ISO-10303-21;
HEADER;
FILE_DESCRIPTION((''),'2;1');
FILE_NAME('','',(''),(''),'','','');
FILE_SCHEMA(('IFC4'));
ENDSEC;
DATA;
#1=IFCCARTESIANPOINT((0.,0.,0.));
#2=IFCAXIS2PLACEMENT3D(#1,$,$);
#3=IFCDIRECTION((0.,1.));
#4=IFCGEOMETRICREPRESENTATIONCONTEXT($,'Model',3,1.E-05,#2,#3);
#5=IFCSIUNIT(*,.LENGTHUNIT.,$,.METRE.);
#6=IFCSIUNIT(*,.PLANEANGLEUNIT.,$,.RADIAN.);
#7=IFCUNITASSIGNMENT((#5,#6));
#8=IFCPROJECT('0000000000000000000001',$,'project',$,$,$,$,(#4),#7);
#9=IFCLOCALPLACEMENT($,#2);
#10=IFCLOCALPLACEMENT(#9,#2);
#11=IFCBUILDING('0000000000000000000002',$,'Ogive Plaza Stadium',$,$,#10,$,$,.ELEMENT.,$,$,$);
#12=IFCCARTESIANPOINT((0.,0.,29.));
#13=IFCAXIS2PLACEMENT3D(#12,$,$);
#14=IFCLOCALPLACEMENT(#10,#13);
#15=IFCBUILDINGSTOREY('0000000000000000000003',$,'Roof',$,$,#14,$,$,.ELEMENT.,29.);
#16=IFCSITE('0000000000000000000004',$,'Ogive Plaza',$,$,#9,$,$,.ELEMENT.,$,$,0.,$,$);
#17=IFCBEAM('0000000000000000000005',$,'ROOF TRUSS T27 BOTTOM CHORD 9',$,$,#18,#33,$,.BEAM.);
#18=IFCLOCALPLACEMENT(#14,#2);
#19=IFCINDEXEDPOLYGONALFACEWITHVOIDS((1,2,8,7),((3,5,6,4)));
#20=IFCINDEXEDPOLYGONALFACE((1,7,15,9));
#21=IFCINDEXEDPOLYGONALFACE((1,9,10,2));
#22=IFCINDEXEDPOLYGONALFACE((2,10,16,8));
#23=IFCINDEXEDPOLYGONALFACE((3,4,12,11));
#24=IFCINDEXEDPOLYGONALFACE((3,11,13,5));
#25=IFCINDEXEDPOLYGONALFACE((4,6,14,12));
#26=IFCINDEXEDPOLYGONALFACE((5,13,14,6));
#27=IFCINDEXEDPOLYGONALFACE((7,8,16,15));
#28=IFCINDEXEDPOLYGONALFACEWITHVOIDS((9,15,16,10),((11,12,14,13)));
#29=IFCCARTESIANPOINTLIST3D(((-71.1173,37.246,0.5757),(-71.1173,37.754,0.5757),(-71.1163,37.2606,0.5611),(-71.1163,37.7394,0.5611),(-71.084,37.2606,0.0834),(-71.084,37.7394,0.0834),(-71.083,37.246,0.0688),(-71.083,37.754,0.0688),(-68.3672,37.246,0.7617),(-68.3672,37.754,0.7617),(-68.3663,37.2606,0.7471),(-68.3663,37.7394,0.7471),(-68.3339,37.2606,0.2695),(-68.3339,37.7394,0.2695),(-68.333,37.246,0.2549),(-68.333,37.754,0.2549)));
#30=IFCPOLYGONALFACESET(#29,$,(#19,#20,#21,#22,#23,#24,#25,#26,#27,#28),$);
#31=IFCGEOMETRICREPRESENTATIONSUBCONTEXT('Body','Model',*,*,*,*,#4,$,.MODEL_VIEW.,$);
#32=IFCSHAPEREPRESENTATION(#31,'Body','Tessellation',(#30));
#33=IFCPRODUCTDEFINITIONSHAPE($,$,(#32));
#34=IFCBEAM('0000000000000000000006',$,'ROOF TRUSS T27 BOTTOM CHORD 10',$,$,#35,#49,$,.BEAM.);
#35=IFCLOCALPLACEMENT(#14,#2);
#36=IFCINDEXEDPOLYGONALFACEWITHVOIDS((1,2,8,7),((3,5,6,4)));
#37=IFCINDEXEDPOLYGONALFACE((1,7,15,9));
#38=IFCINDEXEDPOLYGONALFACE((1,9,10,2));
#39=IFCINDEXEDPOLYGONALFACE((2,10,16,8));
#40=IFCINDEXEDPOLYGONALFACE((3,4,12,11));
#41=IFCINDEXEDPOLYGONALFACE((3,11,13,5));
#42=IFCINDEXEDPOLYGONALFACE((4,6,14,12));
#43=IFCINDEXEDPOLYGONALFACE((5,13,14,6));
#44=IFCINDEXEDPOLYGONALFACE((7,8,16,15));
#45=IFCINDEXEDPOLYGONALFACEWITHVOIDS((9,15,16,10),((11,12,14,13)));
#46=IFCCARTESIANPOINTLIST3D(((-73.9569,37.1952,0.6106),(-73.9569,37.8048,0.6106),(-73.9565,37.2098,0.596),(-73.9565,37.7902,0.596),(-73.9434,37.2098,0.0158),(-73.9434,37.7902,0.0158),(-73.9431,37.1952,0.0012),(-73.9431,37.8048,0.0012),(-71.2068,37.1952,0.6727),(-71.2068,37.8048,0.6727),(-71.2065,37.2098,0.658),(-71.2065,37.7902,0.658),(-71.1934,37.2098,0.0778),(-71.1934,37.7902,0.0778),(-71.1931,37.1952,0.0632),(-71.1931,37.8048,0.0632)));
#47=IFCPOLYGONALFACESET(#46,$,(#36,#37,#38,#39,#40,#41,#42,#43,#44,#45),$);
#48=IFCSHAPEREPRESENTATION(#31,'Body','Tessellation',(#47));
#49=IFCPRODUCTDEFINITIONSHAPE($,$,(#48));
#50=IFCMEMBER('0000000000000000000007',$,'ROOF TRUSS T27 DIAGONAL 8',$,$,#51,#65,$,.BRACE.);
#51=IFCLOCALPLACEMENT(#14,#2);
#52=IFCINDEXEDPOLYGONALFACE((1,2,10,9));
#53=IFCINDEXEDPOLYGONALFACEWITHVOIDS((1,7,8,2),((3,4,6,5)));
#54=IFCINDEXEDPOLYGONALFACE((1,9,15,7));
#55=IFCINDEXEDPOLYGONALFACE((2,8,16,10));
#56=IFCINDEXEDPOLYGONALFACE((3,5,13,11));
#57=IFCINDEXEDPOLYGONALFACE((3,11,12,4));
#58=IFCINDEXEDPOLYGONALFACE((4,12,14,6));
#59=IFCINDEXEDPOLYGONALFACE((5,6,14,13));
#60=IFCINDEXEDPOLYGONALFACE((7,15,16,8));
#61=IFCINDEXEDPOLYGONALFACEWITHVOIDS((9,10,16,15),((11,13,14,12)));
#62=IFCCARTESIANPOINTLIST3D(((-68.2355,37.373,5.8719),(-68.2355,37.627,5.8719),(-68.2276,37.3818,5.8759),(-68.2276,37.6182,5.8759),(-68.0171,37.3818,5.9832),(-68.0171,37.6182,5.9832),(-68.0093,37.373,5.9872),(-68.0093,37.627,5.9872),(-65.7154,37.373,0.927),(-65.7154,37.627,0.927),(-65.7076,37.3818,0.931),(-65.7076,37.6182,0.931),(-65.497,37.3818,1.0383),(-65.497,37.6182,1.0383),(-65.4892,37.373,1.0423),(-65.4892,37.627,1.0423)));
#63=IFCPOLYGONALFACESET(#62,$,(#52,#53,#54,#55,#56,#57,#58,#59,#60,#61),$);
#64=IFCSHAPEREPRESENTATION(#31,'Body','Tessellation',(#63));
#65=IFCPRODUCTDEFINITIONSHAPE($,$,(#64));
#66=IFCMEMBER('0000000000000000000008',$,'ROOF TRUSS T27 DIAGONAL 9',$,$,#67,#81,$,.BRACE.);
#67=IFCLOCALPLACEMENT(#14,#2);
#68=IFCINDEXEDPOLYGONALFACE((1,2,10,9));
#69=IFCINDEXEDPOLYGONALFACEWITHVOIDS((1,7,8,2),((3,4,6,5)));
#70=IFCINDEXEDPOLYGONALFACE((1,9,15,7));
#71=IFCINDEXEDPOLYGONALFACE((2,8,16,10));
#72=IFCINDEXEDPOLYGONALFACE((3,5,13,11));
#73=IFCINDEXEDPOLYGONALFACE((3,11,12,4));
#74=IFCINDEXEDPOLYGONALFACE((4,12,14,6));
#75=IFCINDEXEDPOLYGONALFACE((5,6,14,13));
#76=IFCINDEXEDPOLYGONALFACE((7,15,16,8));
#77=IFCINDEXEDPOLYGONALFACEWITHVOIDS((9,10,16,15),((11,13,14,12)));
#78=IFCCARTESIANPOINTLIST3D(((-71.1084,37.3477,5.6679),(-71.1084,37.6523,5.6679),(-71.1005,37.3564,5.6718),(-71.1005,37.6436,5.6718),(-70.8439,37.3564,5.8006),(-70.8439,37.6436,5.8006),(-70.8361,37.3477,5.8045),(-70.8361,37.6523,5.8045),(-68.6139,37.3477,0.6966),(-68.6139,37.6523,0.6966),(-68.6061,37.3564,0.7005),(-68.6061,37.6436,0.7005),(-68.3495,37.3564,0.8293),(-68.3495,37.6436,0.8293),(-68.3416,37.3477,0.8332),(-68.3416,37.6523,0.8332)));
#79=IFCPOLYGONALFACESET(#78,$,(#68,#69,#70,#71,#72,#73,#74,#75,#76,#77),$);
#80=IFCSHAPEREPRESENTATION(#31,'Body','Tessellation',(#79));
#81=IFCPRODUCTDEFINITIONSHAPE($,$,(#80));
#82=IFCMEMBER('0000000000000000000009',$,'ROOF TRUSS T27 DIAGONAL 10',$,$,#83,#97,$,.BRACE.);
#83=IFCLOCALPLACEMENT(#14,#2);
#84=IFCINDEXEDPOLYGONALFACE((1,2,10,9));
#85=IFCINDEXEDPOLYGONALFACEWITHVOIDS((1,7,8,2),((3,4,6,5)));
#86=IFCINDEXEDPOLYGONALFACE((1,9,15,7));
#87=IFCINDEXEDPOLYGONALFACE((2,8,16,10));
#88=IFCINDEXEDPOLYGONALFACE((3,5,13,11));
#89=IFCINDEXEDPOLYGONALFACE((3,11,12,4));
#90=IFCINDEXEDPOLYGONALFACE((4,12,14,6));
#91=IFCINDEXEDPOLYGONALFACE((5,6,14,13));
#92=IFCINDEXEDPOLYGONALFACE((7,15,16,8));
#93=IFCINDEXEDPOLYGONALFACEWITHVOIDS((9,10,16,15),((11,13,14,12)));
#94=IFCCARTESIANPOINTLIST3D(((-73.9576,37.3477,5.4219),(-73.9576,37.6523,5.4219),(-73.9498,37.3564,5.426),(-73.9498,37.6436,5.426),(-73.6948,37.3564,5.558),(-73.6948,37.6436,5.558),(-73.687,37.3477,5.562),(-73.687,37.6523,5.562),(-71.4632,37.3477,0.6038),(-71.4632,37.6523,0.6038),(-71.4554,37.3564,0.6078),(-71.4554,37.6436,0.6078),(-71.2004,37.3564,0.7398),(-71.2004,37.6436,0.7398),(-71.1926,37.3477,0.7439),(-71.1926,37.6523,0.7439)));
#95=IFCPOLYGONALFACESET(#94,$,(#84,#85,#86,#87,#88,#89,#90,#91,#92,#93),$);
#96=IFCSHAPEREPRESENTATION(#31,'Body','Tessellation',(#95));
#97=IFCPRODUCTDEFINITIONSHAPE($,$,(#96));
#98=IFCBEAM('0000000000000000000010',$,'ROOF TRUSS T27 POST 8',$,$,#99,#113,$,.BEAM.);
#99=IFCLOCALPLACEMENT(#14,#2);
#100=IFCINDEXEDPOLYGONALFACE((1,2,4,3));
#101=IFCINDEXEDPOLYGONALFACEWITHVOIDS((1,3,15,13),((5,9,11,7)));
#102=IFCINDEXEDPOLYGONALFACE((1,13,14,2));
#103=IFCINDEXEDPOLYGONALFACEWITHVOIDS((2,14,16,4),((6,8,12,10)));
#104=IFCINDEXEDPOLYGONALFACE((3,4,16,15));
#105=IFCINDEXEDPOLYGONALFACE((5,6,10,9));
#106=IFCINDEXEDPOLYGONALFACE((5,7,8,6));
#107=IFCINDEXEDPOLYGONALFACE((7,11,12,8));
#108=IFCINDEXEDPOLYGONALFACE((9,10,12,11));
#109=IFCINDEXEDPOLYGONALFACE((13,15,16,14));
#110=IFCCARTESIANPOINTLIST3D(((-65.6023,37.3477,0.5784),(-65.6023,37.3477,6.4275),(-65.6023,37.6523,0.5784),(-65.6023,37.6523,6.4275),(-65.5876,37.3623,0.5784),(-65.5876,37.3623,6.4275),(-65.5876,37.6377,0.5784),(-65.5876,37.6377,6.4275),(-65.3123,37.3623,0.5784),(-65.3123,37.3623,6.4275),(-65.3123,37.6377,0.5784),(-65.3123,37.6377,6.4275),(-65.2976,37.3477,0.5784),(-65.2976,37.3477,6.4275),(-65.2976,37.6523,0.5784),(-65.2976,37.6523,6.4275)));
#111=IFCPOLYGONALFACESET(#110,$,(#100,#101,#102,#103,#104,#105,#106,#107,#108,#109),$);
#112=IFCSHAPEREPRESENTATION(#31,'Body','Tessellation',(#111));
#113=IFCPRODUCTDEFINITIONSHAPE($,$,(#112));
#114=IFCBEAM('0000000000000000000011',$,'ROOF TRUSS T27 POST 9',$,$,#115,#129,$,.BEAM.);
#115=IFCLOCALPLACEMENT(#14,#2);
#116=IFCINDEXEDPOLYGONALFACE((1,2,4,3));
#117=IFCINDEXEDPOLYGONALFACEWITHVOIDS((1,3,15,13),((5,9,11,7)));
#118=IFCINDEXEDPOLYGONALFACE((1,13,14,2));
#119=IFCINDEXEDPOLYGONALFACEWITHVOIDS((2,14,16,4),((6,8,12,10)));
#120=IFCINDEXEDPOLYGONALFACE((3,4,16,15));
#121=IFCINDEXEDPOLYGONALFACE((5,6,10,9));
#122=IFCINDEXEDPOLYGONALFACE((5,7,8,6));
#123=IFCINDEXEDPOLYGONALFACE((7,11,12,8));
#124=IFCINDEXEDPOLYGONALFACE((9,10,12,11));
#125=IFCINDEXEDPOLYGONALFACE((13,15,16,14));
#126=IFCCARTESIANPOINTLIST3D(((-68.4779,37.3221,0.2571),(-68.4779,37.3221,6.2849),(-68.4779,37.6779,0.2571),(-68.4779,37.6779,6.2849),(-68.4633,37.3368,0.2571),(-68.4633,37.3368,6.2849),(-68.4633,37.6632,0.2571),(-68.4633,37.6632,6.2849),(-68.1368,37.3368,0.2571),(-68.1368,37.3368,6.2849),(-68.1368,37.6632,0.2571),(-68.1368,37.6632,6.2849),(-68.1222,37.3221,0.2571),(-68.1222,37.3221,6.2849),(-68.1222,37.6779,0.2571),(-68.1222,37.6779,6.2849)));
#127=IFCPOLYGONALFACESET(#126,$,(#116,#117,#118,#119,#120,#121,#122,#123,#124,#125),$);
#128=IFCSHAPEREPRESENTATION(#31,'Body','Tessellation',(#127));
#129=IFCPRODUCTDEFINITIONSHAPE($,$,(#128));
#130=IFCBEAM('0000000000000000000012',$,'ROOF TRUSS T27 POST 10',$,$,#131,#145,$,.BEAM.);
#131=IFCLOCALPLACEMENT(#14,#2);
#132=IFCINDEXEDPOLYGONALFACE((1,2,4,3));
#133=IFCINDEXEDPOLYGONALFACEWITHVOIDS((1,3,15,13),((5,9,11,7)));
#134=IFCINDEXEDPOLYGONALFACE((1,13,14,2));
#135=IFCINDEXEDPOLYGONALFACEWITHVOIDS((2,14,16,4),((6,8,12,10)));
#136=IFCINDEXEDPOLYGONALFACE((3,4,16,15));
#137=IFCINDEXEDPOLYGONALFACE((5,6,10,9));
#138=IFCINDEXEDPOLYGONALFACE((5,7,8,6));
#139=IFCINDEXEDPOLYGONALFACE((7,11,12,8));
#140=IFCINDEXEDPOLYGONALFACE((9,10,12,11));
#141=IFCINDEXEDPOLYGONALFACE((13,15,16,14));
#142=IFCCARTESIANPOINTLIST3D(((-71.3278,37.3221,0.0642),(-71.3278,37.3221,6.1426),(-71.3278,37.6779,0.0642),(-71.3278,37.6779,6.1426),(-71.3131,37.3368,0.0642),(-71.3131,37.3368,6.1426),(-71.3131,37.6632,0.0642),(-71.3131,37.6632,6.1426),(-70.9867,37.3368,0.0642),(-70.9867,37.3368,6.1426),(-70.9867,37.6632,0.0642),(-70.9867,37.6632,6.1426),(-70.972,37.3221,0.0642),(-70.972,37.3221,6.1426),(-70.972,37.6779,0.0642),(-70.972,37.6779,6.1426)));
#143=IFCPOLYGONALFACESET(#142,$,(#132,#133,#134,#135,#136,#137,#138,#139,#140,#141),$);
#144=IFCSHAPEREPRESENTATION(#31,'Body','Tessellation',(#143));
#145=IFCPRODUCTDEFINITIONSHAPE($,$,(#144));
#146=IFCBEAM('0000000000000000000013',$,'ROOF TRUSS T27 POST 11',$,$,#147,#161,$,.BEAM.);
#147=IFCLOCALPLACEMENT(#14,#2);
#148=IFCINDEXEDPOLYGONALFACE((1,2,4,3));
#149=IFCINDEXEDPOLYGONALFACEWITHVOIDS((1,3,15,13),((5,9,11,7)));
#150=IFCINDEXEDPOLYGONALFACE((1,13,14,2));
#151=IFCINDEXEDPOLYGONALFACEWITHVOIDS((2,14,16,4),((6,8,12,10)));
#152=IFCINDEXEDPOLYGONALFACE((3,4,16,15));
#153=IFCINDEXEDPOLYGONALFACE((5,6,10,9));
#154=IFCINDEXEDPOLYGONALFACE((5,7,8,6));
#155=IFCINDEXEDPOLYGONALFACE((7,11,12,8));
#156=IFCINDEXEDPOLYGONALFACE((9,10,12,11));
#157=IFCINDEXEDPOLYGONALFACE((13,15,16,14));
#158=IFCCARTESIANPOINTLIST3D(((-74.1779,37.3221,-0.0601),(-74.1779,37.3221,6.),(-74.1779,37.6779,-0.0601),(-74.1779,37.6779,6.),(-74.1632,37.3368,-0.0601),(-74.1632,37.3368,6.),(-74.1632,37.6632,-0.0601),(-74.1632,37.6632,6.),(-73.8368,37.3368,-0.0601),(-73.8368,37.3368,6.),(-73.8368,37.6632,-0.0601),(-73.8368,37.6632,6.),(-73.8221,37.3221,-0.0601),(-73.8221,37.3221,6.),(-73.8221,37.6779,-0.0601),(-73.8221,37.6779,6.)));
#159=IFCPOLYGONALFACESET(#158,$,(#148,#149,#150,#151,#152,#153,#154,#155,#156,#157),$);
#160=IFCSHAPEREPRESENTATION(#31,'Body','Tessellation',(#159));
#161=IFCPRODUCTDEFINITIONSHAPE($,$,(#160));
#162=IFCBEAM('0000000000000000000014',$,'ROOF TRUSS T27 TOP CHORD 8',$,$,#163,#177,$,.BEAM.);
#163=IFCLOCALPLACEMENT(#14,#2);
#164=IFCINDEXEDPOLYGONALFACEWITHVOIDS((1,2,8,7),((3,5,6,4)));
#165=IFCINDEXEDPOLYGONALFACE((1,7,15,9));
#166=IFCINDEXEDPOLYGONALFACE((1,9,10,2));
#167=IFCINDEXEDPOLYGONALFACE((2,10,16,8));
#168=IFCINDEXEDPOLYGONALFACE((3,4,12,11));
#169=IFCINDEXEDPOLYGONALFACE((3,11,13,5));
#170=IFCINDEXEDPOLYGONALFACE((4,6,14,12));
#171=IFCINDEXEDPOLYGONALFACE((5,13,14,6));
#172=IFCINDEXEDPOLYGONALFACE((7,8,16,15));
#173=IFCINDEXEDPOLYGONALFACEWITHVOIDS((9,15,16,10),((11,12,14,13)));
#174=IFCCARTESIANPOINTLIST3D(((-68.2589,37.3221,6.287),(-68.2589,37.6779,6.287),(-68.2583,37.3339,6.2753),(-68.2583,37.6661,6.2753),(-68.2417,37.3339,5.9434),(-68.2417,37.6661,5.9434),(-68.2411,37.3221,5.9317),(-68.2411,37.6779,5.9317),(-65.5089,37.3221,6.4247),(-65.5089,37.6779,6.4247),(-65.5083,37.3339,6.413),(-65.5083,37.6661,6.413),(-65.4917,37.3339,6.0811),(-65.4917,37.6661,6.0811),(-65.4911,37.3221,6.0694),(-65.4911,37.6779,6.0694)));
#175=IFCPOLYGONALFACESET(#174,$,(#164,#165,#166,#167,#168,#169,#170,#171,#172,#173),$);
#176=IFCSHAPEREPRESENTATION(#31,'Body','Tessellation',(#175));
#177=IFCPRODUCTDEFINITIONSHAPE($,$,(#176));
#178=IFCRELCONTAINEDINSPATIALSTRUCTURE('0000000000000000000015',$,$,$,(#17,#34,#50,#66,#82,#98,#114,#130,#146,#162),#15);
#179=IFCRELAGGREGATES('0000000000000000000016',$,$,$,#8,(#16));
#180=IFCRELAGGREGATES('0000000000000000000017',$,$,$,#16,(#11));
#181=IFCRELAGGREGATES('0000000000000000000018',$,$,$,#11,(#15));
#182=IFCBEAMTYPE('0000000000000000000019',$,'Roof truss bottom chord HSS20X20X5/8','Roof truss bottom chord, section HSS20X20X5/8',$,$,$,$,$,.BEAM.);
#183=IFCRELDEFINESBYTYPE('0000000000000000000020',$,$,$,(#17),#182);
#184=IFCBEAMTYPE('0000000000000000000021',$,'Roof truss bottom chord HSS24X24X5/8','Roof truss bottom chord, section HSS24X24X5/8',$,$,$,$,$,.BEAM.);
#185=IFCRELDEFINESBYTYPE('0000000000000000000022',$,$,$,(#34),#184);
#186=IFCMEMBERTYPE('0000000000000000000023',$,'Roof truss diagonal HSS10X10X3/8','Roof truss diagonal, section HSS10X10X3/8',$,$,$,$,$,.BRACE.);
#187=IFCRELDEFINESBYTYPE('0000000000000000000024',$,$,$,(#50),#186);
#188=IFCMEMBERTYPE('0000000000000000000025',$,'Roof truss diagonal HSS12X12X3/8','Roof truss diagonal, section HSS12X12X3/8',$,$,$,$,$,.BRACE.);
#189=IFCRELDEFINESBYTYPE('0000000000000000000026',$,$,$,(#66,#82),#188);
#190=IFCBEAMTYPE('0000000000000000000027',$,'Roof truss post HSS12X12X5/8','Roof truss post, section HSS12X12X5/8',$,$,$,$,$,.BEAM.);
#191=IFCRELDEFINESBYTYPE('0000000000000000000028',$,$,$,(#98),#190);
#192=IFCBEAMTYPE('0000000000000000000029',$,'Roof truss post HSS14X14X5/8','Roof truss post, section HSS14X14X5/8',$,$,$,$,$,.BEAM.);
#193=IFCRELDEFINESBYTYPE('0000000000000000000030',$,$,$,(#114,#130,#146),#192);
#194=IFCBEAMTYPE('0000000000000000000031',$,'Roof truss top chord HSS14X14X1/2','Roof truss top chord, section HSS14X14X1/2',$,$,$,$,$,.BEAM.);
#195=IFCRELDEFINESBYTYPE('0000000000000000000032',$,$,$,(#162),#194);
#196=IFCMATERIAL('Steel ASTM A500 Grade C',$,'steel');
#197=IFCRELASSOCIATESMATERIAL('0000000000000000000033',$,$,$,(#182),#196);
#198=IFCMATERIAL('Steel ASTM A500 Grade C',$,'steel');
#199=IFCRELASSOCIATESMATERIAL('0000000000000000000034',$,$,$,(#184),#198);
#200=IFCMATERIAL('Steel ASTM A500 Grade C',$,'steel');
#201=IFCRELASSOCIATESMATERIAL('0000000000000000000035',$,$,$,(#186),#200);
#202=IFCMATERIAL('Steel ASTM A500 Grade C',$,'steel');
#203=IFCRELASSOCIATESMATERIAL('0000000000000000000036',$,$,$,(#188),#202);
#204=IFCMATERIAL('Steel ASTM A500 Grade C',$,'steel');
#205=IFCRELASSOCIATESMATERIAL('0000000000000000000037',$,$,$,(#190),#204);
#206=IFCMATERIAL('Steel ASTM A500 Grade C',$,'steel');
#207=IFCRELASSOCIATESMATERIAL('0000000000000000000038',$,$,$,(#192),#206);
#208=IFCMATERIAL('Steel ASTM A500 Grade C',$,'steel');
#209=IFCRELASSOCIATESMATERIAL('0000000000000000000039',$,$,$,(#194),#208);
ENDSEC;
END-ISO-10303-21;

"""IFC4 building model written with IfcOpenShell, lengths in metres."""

from ifc_helpers import new_model, si_unit, direction, frame, origin, origin_2d, place, context, subcontext, project, spatial, hollow_rectangle, extrude, material, material_profile, profile_set, type_object, element, save


model = new_model("IFC4")

# Units and contexts
model_context = context("Model", 3, precision=1e-05, world=origin(), true_north=direction((0.0, 1.0)))
body_context = subcontext(model_context, "Body", "Model", "MODEL_VIEW")
ifc_project = project(units=[si_unit("LENGTHUNIT", "METRE"), si_unit("PLANEANGLEUNIT", "RADIAN")], contexts=[model_context])

# Site, building, storey
site_placement = place(None, origin())
site = spatial("IfcSite", under=ifc_project, at=site_placement, Name="Ogive Plaza", CompositionType="ELEMENT", RefElevation=0.0)
building_placement = place(site_placement, origin())
building = spatial("IfcBuilding", under=site, at=building_placement, Name="Ogive Plaza Stadium", CompositionType="ELEMENT")
storey_placement = place(building_placement, frame((0.0, 0.0, 29.0)))
storey = spatial("IfcBuildingStorey", under=building, at=storey_placement, Name="Roof", CompositionType="ELEMENT", Elevation=29.0)

# Beams
ifc_material_1 = material(Name="Steel ASTM A500 Grade C", Category="steel")
ifc_material_profile_1 = material_profile(ifc_material_1, hollow_rectangle(XDim=0.5081, YDim=0.5081, WallThickness=0.0146, at=origin_2d()), Name="HSS20X20X5/8")
ifc_profile_set_1 = profile_set([ifc_material_profile_1], Name="Steel ASTM A500 Grade C")
beam_type_1 = type_object("IfcBeamType", Name="Roof truss bottom chord HSS20X20X5/8", Description="Roof truss bottom chord, section HSS20X20X5/8", PredefinedType="BEAM", material=ifc_profile_set_1)
beam_1_placement = place(storey_placement, frame((-68.3501, 37.5, 0.5083), z_axis=(-0.99772, 0.0, -0.067495), x_axis=(0.0, -1.0, 0.0)))
element("IfcBeam", 1, at=beam_1_placement, inside=storey, type_object=beam_type_1, Name="ROOF TRUSS T27 BOTTOM CHORD 9", PredefinedType="BEAM", context=body_context, shape_type="SweptSolid", body=[
    extrude(hollow_rectangle(XDim=0.5081, YDim=0.5081, WallThickness=0.0146, at=origin_2d()), origin(), (0.0, 0.0, 1.0), 2.7563),
])
ifc_material_2 = material(Name="Steel ASTM A500 Grade C", Category="steel")
ifc_material_profile_2 = material_profile(ifc_material_2, hollow_rectangle(XDim=0.6096, YDim=0.6096, WallThickness=0.0146, at=origin_2d()), Name="HSS24X24X5/8")
ifc_profile_set_2 = profile_set([ifc_material_profile_2], Name="Steel ASTM A500 Grade C")
beam_type_2 = type_object("IfcBeamType", Name="Roof truss bottom chord HSS24X24X5/8", Description="Roof truss bottom chord, section HSS24X24X5/8", PredefinedType="BEAM", material=ifc_profile_set_2)
beam_2_placement = place(storey_placement, frame((-71.2, 37.5, 0.3679), z_axis=(-0.999746, 0.0, -0.022544), x_axis=(0.0, -1.0, 0.0)))
element("IfcBeam", 2, at=beam_2_placement, inside=storey, type_object=beam_type_2, Name="ROOF TRUSS T27 BOTTOM CHORD 10", PredefinedType="BEAM", context=body_context, shape_type="SweptSolid", body=[
    extrude(hollow_rectangle(XDim=0.6096, YDim=0.6096, WallThickness=0.0146, at=origin_2d()), origin(), (0.0, 0.0, 1.0), 2.7507),
])

# Members
ifc_material_3 = material(Name="Steel ASTM A500 Grade C", Category="steel")
ifc_material_profile_3 = material_profile(ifc_material_3, hollow_rectangle(XDim=0.2539, YDim=0.2539, WallThickness=0.0088, at=origin_2d()), Name="HSS10X10X3/8")
ifc_profile_set_3 = profile_set([ifc_material_profile_3], Name="Steel ASTM A500 Grade C")
member_type_1 = type_object("IfcMemberType", Name="Roof truss diagonal HSS10X10X3/8", Description="Roof truss diagonal, section HSS10X10X3/8", PredefinedType="BRACE", material=ifc_profile_set_3)
member_1_placement = place(storey_placement, frame((-65.6023, 37.5, 0.9846), z_axis=(-0.454063, 0.0, 0.89097), x_axis=(0.0, -1.0, 0.0)))
element("IfcMember", 3, at=member_1_placement, inside=storey, type_object=member_type_1, Name="ROOF TRUSS T27 DIAGONAL 8", PredefinedType="BRACE", context=body_context, shape_type="SweptSolid", body=[
    extrude(hollow_rectangle(XDim=0.2539, YDim=0.2539, WallThickness=0.0088, at=origin_2d()), origin(), (0.0, 0.0, 1.0), 5.55),
])
ifc_material_4 = material(Name="Steel ASTM A500 Grade C", Category="steel")
ifc_material_profile_4 = material_profile(ifc_material_4, hollow_rectangle(XDim=0.3047, YDim=0.3047, WallThickness=0.0088, at=origin_2d()), Name="HSS12X12X3/8")
ifc_profile_set_4 = profile_set([ifc_material_profile_4], Name="Steel ASTM A500 Grade C")
member_type_2 = type_object("IfcMemberType", Name="Roof truss diagonal HSS12X12X3/8", Description="Roof truss diagonal, section HSS12X12X3/8", PredefinedType="BRACE", material=ifc_profile_set_4)
member_2_placement = place(storey_placement, frame((-68.4778, 37.5, 0.7649), z_axis=(-0.448477, 0.0, 0.893794), x_axis=(0.0, -1.0, 0.0)))
element("IfcMember", 4, at=member_2_placement, inside=storey, type_object=member_type_2, Name="ROOF TRUSS T27 DIAGONAL 9", PredefinedType="BRACE", context=body_context, shape_type="SweptSolid", body=[
    extrude(hollow_rectangle(XDim=0.3047, YDim=0.3047, WallThickness=0.0088, at=origin_2d()), origin(), (0.0, 0.0, 1.0), 5.562),
])
member_3_placement = place(storey_placement, frame((-71.3279, 37.5, 0.6738), z_axis=(-0.459751, 0.0, 0.888048), x_axis=(0.0, -1.0, 0.0)))
element("IfcMember", 5, at=member_3_placement, inside=storey, type_object=member_type_2, Name="ROOF TRUSS T27 DIAGONAL 10", PredefinedType="BRACE", context=body_context, shape_type="SweptSolid", body=[
    extrude(hollow_rectangle(XDim=0.3047, YDim=0.3047, WallThickness=0.0088, at=origin_2d()), origin(), (0.0, 0.0, 1.0), 5.4255),
])

# Beams
ifc_material_5 = material(Name="Steel ASTM A500 Grade C", Category="steel")
ifc_material_profile_5 = material_profile(ifc_material_5, hollow_rectangle(XDim=0.3047, YDim=0.3047, WallThickness=0.0146, at=origin_2d()), Name="HSS12X12X5/8")
ifc_profile_set_5 = profile_set([ifc_material_profile_5], Name="Steel ASTM A500 Grade C")
beam_type_3 = type_object("IfcBeamType", Name="Roof truss post HSS12X12X5/8", Description="Roof truss post, section HSS12X12X5/8", PredefinedType="BEAM", material=ifc_profile_set_5)
beam_3_placement = place(storey_placement, frame((-65.45, 37.5, 0.5784), z_axis=(0.0, 0.0, 1.0), x_axis=(0.0, -1.0, 0.0)))
element("IfcBeam", 6, at=beam_3_placement, inside=storey, type_object=beam_type_3, Name="ROOF TRUSS T27 POST 8", PredefinedType="BEAM", context=body_context, shape_type="SweptSolid", body=[
    extrude(hollow_rectangle(XDim=0.3047, YDim=0.3047, WallThickness=0.0146, at=origin_2d()), origin(), (0.0, 0.0, 1.0), 5.8491),
])
ifc_material_6 = material(Name="Steel ASTM A500 Grade C", Category="steel")
ifc_material_profile_6 = material_profile(ifc_material_6, hollow_rectangle(XDim=0.3557, YDim=0.3557, WallThickness=0.0146, at=origin_2d()), Name="HSS14X14X5/8")
ifc_profile_set_6 = profile_set([ifc_material_profile_6], Name="Steel ASTM A500 Grade C")
beam_type_4 = type_object("IfcBeamType", Name="Roof truss post HSS14X14X5/8", Description="Roof truss post, section HSS14X14X5/8", PredefinedType="BEAM", material=ifc_profile_set_6)
beam_4_placement = place(storey_placement, frame((-68.3, 37.5, 0.2571), z_axis=(0.0, 0.0, 1.0), x_axis=(0.0, -1.0, 0.0)))
element("IfcBeam", 7, at=beam_4_placement, inside=storey, type_object=beam_type_4, Name="ROOF TRUSS T27 POST 9", PredefinedType="BEAM", context=body_context, shape_type="SweptSolid", body=[
    extrude(hollow_rectangle(XDim=0.3557, YDim=0.3557, WallThickness=0.0146, at=origin_2d()), origin(), (0.0, 0.0, 1.0), 6.0278),
])
beam_5_placement = place(storey_placement, frame((-71.1499, 37.5, 0.0642), z_axis=(0.0, 0.0, 1.0), x_axis=(0.0, -1.0, 0.0)))
element("IfcBeam", 8, at=beam_5_placement, inside=storey, type_object=beam_type_4, Name="ROOF TRUSS T27 POST 10", PredefinedType="BEAM", context=body_context, shape_type="SweptSolid", body=[
    extrude(hollow_rectangle(XDim=0.3557, YDim=0.3557, WallThickness=0.0146, at=origin_2d()), origin(), (0.0, 0.0, 1.0), 6.0784),
])
beam_6_placement = place(storey_placement, frame((-74.0, 37.5, -0.0601), z_axis=(0.0, 0.0, 1.0), x_axis=(0.0, -1.0, 0.0)))
element("IfcBeam", 9, at=beam_6_placement, inside=storey, type_object=beam_type_4, Name="ROOF TRUSS T27 POST 11", PredefinedType="BEAM", context=body_context, shape_type="SweptSolid", body=[
    extrude(hollow_rectangle(XDim=0.3557, YDim=0.3557, WallThickness=0.0146, at=origin_2d()), origin(), (0.0, 0.0, 1.0), 6.0601),
])
ifc_material_7 = material(Name="Steel ASTM A500 Grade C", Category="steel")
ifc_material_profile_7 = material_profile(ifc_material_7, hollow_rectangle(XDim=0.3557, YDim=0.3557, WallThickness=0.0117, at=origin_2d()), Name="HSS14X14X1/2")
ifc_profile_set_7 = profile_set([ifc_material_profile_7], Name="Steel ASTM A500 Grade C")
beam_type_5 = type_object("IfcBeamType", Name="Roof truss top chord HSS14X14X1/2", Description="Roof truss top chord, section HSS14X14X1/2", PredefinedType="BEAM", material=ifc_profile_set_7)
beam_7_placement = place(storey_placement, frame((-65.5, 37.5, 6.2471), z_axis=(-0.998749, 0.0, -0.050008), x_axis=(0.0, -1.0, 0.0)))
element("IfcBeam", 10, at=beam_7_placement, inside=storey, type_object=beam_type_5, Name="ROOF TRUSS T27 TOP CHORD 8", PredefinedType="BEAM", context=body_context, shape_type="SweptSolid", body=[
    extrude(hollow_rectangle(XDim=0.3557, YDim=0.3557, WallThickness=0.0117, at=origin_2d()), origin(), (0.0, 0.0, 1.0), 2.7534),
])

save(model, "model.ifc")
